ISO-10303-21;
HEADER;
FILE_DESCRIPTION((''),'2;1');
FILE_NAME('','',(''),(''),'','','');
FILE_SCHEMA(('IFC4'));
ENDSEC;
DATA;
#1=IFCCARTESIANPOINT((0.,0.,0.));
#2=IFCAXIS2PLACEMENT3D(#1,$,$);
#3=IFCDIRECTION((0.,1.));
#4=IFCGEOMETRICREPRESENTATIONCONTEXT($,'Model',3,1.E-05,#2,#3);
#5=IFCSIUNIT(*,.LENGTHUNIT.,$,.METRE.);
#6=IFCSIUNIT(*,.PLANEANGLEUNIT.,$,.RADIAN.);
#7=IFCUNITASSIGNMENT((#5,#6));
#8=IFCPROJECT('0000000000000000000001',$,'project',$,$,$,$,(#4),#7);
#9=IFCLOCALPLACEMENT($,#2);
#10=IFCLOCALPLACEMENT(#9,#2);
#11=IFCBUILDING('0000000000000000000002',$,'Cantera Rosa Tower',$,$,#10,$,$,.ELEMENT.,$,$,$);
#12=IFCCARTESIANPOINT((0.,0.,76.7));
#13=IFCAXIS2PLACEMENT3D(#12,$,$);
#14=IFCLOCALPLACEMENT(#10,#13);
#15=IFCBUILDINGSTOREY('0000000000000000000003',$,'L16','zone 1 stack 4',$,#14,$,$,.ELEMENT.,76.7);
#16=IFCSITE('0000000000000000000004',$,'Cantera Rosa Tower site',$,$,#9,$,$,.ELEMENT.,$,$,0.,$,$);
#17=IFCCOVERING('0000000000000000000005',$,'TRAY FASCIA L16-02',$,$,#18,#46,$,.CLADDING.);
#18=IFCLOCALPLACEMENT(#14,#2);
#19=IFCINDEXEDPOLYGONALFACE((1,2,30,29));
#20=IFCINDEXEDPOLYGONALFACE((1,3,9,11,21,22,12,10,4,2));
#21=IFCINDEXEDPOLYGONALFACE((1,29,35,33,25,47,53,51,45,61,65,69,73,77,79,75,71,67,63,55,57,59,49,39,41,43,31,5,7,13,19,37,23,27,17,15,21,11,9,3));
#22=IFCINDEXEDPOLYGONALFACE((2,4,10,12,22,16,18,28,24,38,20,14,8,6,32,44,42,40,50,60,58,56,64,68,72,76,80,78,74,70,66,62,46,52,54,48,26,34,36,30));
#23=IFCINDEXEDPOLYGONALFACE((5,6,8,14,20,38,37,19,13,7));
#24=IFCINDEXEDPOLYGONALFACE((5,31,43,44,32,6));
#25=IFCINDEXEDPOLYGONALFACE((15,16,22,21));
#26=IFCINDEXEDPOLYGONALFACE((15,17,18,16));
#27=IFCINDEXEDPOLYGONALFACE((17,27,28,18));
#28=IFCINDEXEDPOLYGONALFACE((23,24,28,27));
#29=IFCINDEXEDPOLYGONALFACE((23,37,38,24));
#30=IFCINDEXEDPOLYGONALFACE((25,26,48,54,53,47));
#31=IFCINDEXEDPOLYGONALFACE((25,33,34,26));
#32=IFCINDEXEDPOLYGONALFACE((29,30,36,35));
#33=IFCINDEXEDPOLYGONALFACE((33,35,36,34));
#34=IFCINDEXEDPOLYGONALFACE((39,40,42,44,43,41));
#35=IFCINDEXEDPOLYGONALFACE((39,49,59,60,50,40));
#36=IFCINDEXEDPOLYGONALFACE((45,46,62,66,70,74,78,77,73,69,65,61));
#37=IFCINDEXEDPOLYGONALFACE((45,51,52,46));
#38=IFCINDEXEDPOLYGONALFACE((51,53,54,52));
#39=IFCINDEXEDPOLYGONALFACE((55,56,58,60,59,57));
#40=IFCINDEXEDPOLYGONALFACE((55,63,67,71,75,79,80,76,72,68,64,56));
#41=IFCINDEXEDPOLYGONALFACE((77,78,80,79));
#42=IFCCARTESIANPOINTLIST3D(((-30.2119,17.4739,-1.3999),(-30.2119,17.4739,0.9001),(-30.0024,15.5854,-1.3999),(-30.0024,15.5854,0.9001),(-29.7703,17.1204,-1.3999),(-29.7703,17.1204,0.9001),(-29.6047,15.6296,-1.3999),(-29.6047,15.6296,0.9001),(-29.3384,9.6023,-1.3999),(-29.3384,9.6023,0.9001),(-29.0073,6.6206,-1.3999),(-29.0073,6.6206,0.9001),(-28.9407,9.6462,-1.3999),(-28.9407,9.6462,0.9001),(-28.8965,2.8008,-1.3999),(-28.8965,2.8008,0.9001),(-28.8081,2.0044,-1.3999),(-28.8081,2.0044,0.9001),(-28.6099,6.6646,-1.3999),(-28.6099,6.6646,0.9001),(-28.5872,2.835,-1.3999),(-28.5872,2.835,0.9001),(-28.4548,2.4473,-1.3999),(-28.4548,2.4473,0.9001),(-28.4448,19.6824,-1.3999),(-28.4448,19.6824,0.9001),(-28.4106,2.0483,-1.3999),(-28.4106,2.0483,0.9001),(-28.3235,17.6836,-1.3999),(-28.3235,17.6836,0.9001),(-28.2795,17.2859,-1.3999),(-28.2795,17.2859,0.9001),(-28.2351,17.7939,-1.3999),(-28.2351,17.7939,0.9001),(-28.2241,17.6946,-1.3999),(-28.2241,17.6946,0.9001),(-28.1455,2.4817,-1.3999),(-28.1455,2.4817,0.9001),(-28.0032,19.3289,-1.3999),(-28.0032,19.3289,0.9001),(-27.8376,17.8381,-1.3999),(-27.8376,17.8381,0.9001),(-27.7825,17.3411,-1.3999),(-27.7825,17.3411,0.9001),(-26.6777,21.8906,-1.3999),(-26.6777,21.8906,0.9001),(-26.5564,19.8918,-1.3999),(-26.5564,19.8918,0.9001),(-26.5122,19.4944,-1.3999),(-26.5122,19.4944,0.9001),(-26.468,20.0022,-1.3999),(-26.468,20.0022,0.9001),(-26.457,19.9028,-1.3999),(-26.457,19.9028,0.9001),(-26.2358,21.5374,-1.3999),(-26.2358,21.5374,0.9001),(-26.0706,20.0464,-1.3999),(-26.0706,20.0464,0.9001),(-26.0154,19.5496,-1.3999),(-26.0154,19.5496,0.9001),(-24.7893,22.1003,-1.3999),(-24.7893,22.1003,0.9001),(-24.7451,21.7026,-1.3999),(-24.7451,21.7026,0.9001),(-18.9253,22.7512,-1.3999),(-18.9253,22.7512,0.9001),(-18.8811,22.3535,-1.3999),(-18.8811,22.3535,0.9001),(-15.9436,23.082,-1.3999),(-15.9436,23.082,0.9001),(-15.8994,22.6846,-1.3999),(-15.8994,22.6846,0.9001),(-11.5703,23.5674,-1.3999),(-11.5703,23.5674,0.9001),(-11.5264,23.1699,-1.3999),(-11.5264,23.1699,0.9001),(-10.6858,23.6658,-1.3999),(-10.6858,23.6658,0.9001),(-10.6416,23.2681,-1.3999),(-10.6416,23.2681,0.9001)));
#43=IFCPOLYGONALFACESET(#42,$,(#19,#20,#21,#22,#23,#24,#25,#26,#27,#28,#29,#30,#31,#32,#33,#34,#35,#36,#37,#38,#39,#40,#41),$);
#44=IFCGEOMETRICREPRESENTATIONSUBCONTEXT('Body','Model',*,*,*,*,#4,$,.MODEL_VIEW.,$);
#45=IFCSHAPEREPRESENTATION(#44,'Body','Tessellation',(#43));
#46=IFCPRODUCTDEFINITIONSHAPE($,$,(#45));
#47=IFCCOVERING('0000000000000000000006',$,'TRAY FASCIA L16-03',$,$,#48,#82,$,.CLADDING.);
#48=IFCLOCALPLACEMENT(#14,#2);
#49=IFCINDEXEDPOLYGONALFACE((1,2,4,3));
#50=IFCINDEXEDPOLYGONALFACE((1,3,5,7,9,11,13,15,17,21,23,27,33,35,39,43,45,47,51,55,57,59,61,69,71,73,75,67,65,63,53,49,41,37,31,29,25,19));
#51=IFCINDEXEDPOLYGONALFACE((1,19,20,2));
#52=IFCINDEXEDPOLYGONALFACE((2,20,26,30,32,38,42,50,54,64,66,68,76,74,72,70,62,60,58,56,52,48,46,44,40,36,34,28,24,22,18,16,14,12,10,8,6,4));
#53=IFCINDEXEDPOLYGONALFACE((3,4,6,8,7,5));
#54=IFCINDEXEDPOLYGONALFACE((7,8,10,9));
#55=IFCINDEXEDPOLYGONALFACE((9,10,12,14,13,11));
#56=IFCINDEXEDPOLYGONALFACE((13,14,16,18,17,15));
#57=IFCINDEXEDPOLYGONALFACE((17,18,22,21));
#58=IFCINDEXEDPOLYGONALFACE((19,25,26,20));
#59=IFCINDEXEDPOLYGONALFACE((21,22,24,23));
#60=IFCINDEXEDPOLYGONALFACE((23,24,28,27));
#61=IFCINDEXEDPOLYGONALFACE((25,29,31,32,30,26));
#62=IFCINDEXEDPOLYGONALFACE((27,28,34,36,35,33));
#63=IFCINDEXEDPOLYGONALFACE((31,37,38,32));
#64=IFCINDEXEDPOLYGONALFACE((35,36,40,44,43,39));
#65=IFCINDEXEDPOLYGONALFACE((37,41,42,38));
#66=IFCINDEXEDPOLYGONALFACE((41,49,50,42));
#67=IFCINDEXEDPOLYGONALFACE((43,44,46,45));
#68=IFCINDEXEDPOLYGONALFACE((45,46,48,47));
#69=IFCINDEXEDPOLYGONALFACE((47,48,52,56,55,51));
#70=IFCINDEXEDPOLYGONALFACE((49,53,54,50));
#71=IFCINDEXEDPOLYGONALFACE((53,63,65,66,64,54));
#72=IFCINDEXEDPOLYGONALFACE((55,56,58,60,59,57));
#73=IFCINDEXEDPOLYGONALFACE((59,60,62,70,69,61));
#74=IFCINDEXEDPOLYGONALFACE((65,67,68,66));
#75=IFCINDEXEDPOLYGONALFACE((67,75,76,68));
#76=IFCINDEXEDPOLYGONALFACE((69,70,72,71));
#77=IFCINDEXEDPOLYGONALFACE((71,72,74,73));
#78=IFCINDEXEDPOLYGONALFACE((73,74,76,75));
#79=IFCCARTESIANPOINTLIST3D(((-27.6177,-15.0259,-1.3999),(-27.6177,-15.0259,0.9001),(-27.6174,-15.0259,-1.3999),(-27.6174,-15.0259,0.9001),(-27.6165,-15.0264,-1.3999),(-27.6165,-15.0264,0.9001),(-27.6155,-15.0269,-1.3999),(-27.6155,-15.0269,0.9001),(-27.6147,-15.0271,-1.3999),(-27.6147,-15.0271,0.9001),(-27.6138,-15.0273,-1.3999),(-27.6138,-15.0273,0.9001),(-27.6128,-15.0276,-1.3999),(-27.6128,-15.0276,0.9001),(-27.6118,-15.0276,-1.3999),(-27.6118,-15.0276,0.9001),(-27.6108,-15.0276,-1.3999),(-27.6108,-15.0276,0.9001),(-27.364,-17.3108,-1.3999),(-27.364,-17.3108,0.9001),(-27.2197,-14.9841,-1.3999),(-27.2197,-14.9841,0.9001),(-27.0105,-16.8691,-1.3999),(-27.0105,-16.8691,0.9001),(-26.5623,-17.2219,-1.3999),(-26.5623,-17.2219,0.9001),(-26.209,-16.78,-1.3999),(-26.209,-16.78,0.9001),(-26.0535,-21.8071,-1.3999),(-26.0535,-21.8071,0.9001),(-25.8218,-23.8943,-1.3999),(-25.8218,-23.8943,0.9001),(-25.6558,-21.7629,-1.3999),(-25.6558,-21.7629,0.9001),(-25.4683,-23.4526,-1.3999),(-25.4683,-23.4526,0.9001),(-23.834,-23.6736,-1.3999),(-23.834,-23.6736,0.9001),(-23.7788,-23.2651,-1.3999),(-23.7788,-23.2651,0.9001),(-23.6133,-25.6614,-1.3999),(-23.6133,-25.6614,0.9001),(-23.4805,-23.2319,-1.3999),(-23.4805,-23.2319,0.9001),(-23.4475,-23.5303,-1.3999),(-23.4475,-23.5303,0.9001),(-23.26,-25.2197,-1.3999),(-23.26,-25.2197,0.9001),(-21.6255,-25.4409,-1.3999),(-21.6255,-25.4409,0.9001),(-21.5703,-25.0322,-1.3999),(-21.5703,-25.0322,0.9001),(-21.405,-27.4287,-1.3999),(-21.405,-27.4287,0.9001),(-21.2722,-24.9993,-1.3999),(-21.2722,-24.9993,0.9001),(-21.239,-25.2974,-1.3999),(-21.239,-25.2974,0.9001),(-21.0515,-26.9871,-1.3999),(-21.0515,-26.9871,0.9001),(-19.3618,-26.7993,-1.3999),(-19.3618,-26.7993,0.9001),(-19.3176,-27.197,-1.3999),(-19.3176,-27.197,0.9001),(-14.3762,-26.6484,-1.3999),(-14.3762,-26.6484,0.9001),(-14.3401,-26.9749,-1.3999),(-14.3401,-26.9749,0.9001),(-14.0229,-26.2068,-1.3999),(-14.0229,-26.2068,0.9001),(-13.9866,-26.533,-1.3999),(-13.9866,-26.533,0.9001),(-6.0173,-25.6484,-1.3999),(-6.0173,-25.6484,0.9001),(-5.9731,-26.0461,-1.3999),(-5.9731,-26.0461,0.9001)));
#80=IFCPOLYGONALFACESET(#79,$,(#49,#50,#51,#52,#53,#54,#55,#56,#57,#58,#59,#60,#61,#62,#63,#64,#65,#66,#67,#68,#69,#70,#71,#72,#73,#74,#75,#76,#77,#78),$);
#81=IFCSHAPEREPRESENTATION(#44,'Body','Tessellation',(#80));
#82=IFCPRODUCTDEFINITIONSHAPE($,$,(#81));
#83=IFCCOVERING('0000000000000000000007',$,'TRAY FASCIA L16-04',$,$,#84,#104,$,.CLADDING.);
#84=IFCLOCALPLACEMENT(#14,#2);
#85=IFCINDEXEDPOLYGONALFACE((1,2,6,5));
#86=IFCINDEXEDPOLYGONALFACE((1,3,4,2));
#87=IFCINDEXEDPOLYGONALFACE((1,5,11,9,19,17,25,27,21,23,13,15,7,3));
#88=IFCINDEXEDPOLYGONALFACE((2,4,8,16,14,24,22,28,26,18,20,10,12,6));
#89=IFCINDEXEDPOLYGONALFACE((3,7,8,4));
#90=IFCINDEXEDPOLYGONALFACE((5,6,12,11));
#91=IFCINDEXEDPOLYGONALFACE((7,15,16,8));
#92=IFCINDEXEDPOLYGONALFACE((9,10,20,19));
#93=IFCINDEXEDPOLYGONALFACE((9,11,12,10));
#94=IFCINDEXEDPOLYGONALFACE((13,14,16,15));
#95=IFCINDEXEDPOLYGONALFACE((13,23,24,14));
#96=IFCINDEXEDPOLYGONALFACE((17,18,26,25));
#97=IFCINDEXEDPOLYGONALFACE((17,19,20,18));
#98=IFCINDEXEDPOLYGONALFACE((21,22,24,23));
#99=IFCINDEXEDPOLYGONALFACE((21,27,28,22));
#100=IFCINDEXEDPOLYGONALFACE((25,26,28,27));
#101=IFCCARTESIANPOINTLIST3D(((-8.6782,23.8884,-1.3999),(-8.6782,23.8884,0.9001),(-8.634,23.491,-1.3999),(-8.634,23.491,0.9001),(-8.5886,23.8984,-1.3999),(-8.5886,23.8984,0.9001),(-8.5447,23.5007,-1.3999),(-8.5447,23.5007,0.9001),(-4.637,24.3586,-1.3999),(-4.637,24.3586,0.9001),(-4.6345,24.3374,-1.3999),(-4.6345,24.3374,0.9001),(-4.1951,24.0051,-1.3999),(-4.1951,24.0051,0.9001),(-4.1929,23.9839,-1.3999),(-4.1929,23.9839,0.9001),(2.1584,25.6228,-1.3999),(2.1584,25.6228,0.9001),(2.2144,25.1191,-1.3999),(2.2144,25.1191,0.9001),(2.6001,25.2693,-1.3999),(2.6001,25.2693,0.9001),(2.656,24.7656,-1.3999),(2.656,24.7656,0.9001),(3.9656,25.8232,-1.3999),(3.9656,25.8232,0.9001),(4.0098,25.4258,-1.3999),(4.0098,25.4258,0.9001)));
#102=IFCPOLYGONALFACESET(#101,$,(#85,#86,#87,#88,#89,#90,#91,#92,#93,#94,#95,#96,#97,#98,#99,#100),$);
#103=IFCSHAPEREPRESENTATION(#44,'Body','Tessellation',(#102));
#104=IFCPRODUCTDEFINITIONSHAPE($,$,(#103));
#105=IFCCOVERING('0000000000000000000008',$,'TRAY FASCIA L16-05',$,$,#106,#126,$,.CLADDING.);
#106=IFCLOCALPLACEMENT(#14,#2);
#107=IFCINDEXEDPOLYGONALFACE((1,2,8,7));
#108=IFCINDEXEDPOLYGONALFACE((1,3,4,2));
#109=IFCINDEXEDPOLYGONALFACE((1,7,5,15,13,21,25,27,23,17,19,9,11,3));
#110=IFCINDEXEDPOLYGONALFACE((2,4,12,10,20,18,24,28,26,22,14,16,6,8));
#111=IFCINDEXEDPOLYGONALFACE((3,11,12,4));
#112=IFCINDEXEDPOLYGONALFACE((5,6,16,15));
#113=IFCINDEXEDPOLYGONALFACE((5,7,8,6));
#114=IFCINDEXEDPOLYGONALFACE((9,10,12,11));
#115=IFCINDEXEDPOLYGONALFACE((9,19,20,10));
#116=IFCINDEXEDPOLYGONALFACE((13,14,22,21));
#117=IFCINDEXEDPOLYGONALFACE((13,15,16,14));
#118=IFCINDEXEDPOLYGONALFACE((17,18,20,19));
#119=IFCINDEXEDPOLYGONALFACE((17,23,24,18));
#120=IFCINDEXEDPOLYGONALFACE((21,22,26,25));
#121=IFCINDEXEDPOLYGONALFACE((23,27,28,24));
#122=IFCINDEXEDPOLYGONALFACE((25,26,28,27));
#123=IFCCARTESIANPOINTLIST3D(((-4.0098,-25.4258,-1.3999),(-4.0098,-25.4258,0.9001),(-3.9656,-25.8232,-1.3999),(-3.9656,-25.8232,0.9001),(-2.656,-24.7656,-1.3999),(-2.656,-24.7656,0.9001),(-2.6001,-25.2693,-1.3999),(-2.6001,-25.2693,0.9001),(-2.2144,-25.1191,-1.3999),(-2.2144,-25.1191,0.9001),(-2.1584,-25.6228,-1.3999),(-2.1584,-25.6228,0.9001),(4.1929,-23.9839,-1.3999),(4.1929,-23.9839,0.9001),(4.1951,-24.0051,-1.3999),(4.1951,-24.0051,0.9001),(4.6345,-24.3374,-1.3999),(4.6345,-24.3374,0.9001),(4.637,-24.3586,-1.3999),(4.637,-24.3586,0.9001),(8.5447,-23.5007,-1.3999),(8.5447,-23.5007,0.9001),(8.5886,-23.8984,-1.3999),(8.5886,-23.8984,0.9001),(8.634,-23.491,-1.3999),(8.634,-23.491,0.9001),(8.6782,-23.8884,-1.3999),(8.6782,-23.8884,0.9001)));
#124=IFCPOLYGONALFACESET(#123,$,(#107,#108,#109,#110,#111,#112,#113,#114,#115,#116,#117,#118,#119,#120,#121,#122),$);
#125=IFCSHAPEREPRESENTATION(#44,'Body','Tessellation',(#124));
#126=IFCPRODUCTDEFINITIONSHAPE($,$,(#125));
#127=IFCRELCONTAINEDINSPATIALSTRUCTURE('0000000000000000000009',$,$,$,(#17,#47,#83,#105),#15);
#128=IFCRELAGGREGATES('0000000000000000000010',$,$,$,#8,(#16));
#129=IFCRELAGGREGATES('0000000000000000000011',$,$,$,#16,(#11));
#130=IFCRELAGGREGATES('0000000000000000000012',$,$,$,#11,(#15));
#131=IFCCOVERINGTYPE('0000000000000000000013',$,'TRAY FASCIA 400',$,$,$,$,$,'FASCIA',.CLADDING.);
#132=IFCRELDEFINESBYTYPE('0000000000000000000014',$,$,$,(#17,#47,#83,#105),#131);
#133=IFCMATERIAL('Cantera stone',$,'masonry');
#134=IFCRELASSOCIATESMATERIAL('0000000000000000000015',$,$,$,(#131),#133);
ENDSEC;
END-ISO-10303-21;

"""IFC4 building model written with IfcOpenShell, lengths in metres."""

from ifc_helpers import new_model, si_unit, direction, frame, origin, place, context, subcontext, project, spatial, polyline, outline, extrude, material, type_object, element, save


model = new_model("IFC4")

# Units and contexts
model_context = context("Model", 3, precision=1e-05, world=origin(), true_north=direction((0.0, 1.0)))
body_context = subcontext(model_context, "Body", "Model", "MODEL_VIEW")
ifc_project = project(units=[si_unit("LENGTHUNIT", "METRE"), si_unit("PLANEANGLEUNIT", "RADIAN")], contexts=[model_context])

# Site, building, storey
site_placement = place(None, origin())
site = spatial("IfcSite", under=ifc_project, at=site_placement, Name="Cantera Rosa Tower site", CompositionType="ELEMENT", RefElevation=0.0)
building_placement = place(site_placement, origin())
building = spatial("IfcBuilding", under=site, at=building_placement, Name="Cantera Rosa Tower", CompositionType="ELEMENT")
storey_placement = place(building_placement, frame((0.0, 0.0, 76.7)))
storey = spatial("IfcBuildingStorey", under=building, at=storey_placement, Name="L16", Description="zone 1 stack 4", CompositionType="ELEMENT", Elevation=76.7)

# Coverings
ifc_material_1 = material(Name="Cantera stone", Category="masonry")
covering_type = type_object("IfcCoveringType", Name="TRAY FASCIA 400", ElementType="FASCIA", PredefinedType="CLADDING", material=ifc_material_1)
covering_1_placement = place(storey_placement, frame((0.0, 0.0, -1.3999)))
element("IfcCovering", 1, at=covering_1_placement, inside=storey, type_object=covering_type, Name="TRAY FASCIA L16-02", PredefinedType="CLADDING", context=body_context, shape_type="SweptSolid", body=[
    extrude(outline(polyline([(-29.3384, 9.6023), (-30.0024, 15.5854), (-30.2119, 17.4739), (-28.3235, 17.6836), (-28.2241, 17.6946), (-28.2351, 17.7939), (-28.4448, 19.6824), (-26.5564, 19.8918), (-26.457, 19.9028), (-26.468, 20.0022), (-26.6777, 21.8906), (-24.7893, 22.1003), (-18.9253, 22.7512), (-15.9436, 23.082), (-11.5703, 23.5674), (-10.6858, 23.6658), (-10.6416, 23.2681), (-11.5264, 23.1699), (-15.8994, 22.6846), (-18.8811, 22.3535), (-24.7451, 21.7026), (-26.2358, 21.5374), (-26.0706, 20.0464), (-26.0154, 19.5496), (-26.5122, 19.4944), (-28.0032, 19.3289), (-27.8376, 17.8381), (-27.7825, 17.3411), (-28.2795, 17.2859), (-29.7703, 17.1204), (-29.6047, 15.6296), (-28.9407, 9.6462), (-28.6099, 6.6646), (-28.1455, 2.4817), (-28.4548, 2.4473), (-28.4106, 2.0483), (-28.8081, 2.0044), (-28.8965, 2.8008), (-28.5872, 2.835), (-29.0073, 6.6206), (-29.3384, 9.6023)])), origin(), (0.0, 0.0, 1.0), 2.3),
])
covering_2_placement = place(storey_placement, frame((0.0, 0.0, -1.3999)))
element("IfcCovering", 2, at=covering_2_placement, inside=storey, type_object=covering_type, Name="TRAY FASCIA L16-03", PredefinedType="CLADDING", context=body_context, shape_type="SweptSolid", body=[
    extrude(outline(polyline([(-14.3401, -26.9749), (-14.3762, -26.6484), (-19.3176, -27.197), (-21.405, -27.4287), (-21.6255, -25.4409), (-23.6133, -25.6614), (-23.834, -23.6736), (-25.8218, -23.8943), (-26.0535, -21.8071), (-26.5623, -17.2219), (-27.364, -17.3108), (-27.6177, -15.0259), (-27.6174, -15.0259), (-27.6165, -15.0264), (-27.6155, -15.0269), (-27.6147, -15.0271), (-27.6138, -15.0273), (-27.6128, -15.0276), (-27.6118, -15.0276), (-27.6108, -15.0276), (-27.2197, -14.9841), (-27.0105, -16.8691), (-26.209, -16.78), (-25.6558, -21.7629), (-25.4683, -23.4526), (-23.7788, -23.2651), (-23.4805, -23.2319), (-23.4475, -23.5303), (-23.26, -25.2197), (-21.5703, -25.0322), (-21.2722, -24.9993), (-21.239, -25.2974), (-21.0515, -26.9871), (-19.3618, -26.7993), (-14.0229, -26.2068), (-13.9866, -26.533), (-6.0173, -25.6484), (-5.9731, -26.0461), (-14.3401, -26.9749)])), origin(), (0.0, 0.0, 1.0), 2.3),
])
covering_3_placement = place(storey_placement, frame((0.0, 0.0, -1.3999)))
element("IfcCovering", 3, at=covering_3_placement, inside=storey, type_object=covering_type, Name="TRAY FASCIA L16-04", PredefinedType="CLADDING", context=body_context, shape_type="SweptSolid", body=[
    extrude(outline(polyline([(-8.5886, 23.8984), (-4.6345, 24.3374), (-4.637, 24.3586), (2.2144, 25.1191), (2.1584, 25.6228), (3.9656, 25.8232), (4.0098, 25.4258), (2.6001, 25.2693), (2.656, 24.7656), (-4.1951, 24.0051), (-4.1929, 23.9839), (-8.5447, 23.5007), (-8.634, 23.491), (-8.6782, 23.8884), (-8.5886, 23.8984)])), origin(), (0.0, 0.0, 1.0), 2.3),
])
covering_4_placement = place(storey_placement, frame((0.0, 0.0, -1.3999)))
element("IfcCovering", 4, at=covering_4_placement, inside=storey, type_object=covering_type, Name="TRAY FASCIA L16-05", PredefinedType="CLADDING", context=body_context, shape_type="SweptSolid", body=[
    extrude(outline(polyline([(8.5886, -23.8984), (4.6345, -24.3374), (4.637, -24.3586), (-2.2144, -25.1191), (-2.1584, -25.6228), (-3.9656, -25.8232), (-4.0098, -25.4258), (-2.6001, -25.2693), (-2.656, -24.7656), (4.1951, -24.0051), (4.1929, -23.9839), (8.5447, -23.5007), (8.634, -23.491), (8.6782, -23.8884), (8.5886, -23.8984)])), origin(), (0.0, 0.0, 1.0), 2.3),
])

save(model, "model.ifc")
